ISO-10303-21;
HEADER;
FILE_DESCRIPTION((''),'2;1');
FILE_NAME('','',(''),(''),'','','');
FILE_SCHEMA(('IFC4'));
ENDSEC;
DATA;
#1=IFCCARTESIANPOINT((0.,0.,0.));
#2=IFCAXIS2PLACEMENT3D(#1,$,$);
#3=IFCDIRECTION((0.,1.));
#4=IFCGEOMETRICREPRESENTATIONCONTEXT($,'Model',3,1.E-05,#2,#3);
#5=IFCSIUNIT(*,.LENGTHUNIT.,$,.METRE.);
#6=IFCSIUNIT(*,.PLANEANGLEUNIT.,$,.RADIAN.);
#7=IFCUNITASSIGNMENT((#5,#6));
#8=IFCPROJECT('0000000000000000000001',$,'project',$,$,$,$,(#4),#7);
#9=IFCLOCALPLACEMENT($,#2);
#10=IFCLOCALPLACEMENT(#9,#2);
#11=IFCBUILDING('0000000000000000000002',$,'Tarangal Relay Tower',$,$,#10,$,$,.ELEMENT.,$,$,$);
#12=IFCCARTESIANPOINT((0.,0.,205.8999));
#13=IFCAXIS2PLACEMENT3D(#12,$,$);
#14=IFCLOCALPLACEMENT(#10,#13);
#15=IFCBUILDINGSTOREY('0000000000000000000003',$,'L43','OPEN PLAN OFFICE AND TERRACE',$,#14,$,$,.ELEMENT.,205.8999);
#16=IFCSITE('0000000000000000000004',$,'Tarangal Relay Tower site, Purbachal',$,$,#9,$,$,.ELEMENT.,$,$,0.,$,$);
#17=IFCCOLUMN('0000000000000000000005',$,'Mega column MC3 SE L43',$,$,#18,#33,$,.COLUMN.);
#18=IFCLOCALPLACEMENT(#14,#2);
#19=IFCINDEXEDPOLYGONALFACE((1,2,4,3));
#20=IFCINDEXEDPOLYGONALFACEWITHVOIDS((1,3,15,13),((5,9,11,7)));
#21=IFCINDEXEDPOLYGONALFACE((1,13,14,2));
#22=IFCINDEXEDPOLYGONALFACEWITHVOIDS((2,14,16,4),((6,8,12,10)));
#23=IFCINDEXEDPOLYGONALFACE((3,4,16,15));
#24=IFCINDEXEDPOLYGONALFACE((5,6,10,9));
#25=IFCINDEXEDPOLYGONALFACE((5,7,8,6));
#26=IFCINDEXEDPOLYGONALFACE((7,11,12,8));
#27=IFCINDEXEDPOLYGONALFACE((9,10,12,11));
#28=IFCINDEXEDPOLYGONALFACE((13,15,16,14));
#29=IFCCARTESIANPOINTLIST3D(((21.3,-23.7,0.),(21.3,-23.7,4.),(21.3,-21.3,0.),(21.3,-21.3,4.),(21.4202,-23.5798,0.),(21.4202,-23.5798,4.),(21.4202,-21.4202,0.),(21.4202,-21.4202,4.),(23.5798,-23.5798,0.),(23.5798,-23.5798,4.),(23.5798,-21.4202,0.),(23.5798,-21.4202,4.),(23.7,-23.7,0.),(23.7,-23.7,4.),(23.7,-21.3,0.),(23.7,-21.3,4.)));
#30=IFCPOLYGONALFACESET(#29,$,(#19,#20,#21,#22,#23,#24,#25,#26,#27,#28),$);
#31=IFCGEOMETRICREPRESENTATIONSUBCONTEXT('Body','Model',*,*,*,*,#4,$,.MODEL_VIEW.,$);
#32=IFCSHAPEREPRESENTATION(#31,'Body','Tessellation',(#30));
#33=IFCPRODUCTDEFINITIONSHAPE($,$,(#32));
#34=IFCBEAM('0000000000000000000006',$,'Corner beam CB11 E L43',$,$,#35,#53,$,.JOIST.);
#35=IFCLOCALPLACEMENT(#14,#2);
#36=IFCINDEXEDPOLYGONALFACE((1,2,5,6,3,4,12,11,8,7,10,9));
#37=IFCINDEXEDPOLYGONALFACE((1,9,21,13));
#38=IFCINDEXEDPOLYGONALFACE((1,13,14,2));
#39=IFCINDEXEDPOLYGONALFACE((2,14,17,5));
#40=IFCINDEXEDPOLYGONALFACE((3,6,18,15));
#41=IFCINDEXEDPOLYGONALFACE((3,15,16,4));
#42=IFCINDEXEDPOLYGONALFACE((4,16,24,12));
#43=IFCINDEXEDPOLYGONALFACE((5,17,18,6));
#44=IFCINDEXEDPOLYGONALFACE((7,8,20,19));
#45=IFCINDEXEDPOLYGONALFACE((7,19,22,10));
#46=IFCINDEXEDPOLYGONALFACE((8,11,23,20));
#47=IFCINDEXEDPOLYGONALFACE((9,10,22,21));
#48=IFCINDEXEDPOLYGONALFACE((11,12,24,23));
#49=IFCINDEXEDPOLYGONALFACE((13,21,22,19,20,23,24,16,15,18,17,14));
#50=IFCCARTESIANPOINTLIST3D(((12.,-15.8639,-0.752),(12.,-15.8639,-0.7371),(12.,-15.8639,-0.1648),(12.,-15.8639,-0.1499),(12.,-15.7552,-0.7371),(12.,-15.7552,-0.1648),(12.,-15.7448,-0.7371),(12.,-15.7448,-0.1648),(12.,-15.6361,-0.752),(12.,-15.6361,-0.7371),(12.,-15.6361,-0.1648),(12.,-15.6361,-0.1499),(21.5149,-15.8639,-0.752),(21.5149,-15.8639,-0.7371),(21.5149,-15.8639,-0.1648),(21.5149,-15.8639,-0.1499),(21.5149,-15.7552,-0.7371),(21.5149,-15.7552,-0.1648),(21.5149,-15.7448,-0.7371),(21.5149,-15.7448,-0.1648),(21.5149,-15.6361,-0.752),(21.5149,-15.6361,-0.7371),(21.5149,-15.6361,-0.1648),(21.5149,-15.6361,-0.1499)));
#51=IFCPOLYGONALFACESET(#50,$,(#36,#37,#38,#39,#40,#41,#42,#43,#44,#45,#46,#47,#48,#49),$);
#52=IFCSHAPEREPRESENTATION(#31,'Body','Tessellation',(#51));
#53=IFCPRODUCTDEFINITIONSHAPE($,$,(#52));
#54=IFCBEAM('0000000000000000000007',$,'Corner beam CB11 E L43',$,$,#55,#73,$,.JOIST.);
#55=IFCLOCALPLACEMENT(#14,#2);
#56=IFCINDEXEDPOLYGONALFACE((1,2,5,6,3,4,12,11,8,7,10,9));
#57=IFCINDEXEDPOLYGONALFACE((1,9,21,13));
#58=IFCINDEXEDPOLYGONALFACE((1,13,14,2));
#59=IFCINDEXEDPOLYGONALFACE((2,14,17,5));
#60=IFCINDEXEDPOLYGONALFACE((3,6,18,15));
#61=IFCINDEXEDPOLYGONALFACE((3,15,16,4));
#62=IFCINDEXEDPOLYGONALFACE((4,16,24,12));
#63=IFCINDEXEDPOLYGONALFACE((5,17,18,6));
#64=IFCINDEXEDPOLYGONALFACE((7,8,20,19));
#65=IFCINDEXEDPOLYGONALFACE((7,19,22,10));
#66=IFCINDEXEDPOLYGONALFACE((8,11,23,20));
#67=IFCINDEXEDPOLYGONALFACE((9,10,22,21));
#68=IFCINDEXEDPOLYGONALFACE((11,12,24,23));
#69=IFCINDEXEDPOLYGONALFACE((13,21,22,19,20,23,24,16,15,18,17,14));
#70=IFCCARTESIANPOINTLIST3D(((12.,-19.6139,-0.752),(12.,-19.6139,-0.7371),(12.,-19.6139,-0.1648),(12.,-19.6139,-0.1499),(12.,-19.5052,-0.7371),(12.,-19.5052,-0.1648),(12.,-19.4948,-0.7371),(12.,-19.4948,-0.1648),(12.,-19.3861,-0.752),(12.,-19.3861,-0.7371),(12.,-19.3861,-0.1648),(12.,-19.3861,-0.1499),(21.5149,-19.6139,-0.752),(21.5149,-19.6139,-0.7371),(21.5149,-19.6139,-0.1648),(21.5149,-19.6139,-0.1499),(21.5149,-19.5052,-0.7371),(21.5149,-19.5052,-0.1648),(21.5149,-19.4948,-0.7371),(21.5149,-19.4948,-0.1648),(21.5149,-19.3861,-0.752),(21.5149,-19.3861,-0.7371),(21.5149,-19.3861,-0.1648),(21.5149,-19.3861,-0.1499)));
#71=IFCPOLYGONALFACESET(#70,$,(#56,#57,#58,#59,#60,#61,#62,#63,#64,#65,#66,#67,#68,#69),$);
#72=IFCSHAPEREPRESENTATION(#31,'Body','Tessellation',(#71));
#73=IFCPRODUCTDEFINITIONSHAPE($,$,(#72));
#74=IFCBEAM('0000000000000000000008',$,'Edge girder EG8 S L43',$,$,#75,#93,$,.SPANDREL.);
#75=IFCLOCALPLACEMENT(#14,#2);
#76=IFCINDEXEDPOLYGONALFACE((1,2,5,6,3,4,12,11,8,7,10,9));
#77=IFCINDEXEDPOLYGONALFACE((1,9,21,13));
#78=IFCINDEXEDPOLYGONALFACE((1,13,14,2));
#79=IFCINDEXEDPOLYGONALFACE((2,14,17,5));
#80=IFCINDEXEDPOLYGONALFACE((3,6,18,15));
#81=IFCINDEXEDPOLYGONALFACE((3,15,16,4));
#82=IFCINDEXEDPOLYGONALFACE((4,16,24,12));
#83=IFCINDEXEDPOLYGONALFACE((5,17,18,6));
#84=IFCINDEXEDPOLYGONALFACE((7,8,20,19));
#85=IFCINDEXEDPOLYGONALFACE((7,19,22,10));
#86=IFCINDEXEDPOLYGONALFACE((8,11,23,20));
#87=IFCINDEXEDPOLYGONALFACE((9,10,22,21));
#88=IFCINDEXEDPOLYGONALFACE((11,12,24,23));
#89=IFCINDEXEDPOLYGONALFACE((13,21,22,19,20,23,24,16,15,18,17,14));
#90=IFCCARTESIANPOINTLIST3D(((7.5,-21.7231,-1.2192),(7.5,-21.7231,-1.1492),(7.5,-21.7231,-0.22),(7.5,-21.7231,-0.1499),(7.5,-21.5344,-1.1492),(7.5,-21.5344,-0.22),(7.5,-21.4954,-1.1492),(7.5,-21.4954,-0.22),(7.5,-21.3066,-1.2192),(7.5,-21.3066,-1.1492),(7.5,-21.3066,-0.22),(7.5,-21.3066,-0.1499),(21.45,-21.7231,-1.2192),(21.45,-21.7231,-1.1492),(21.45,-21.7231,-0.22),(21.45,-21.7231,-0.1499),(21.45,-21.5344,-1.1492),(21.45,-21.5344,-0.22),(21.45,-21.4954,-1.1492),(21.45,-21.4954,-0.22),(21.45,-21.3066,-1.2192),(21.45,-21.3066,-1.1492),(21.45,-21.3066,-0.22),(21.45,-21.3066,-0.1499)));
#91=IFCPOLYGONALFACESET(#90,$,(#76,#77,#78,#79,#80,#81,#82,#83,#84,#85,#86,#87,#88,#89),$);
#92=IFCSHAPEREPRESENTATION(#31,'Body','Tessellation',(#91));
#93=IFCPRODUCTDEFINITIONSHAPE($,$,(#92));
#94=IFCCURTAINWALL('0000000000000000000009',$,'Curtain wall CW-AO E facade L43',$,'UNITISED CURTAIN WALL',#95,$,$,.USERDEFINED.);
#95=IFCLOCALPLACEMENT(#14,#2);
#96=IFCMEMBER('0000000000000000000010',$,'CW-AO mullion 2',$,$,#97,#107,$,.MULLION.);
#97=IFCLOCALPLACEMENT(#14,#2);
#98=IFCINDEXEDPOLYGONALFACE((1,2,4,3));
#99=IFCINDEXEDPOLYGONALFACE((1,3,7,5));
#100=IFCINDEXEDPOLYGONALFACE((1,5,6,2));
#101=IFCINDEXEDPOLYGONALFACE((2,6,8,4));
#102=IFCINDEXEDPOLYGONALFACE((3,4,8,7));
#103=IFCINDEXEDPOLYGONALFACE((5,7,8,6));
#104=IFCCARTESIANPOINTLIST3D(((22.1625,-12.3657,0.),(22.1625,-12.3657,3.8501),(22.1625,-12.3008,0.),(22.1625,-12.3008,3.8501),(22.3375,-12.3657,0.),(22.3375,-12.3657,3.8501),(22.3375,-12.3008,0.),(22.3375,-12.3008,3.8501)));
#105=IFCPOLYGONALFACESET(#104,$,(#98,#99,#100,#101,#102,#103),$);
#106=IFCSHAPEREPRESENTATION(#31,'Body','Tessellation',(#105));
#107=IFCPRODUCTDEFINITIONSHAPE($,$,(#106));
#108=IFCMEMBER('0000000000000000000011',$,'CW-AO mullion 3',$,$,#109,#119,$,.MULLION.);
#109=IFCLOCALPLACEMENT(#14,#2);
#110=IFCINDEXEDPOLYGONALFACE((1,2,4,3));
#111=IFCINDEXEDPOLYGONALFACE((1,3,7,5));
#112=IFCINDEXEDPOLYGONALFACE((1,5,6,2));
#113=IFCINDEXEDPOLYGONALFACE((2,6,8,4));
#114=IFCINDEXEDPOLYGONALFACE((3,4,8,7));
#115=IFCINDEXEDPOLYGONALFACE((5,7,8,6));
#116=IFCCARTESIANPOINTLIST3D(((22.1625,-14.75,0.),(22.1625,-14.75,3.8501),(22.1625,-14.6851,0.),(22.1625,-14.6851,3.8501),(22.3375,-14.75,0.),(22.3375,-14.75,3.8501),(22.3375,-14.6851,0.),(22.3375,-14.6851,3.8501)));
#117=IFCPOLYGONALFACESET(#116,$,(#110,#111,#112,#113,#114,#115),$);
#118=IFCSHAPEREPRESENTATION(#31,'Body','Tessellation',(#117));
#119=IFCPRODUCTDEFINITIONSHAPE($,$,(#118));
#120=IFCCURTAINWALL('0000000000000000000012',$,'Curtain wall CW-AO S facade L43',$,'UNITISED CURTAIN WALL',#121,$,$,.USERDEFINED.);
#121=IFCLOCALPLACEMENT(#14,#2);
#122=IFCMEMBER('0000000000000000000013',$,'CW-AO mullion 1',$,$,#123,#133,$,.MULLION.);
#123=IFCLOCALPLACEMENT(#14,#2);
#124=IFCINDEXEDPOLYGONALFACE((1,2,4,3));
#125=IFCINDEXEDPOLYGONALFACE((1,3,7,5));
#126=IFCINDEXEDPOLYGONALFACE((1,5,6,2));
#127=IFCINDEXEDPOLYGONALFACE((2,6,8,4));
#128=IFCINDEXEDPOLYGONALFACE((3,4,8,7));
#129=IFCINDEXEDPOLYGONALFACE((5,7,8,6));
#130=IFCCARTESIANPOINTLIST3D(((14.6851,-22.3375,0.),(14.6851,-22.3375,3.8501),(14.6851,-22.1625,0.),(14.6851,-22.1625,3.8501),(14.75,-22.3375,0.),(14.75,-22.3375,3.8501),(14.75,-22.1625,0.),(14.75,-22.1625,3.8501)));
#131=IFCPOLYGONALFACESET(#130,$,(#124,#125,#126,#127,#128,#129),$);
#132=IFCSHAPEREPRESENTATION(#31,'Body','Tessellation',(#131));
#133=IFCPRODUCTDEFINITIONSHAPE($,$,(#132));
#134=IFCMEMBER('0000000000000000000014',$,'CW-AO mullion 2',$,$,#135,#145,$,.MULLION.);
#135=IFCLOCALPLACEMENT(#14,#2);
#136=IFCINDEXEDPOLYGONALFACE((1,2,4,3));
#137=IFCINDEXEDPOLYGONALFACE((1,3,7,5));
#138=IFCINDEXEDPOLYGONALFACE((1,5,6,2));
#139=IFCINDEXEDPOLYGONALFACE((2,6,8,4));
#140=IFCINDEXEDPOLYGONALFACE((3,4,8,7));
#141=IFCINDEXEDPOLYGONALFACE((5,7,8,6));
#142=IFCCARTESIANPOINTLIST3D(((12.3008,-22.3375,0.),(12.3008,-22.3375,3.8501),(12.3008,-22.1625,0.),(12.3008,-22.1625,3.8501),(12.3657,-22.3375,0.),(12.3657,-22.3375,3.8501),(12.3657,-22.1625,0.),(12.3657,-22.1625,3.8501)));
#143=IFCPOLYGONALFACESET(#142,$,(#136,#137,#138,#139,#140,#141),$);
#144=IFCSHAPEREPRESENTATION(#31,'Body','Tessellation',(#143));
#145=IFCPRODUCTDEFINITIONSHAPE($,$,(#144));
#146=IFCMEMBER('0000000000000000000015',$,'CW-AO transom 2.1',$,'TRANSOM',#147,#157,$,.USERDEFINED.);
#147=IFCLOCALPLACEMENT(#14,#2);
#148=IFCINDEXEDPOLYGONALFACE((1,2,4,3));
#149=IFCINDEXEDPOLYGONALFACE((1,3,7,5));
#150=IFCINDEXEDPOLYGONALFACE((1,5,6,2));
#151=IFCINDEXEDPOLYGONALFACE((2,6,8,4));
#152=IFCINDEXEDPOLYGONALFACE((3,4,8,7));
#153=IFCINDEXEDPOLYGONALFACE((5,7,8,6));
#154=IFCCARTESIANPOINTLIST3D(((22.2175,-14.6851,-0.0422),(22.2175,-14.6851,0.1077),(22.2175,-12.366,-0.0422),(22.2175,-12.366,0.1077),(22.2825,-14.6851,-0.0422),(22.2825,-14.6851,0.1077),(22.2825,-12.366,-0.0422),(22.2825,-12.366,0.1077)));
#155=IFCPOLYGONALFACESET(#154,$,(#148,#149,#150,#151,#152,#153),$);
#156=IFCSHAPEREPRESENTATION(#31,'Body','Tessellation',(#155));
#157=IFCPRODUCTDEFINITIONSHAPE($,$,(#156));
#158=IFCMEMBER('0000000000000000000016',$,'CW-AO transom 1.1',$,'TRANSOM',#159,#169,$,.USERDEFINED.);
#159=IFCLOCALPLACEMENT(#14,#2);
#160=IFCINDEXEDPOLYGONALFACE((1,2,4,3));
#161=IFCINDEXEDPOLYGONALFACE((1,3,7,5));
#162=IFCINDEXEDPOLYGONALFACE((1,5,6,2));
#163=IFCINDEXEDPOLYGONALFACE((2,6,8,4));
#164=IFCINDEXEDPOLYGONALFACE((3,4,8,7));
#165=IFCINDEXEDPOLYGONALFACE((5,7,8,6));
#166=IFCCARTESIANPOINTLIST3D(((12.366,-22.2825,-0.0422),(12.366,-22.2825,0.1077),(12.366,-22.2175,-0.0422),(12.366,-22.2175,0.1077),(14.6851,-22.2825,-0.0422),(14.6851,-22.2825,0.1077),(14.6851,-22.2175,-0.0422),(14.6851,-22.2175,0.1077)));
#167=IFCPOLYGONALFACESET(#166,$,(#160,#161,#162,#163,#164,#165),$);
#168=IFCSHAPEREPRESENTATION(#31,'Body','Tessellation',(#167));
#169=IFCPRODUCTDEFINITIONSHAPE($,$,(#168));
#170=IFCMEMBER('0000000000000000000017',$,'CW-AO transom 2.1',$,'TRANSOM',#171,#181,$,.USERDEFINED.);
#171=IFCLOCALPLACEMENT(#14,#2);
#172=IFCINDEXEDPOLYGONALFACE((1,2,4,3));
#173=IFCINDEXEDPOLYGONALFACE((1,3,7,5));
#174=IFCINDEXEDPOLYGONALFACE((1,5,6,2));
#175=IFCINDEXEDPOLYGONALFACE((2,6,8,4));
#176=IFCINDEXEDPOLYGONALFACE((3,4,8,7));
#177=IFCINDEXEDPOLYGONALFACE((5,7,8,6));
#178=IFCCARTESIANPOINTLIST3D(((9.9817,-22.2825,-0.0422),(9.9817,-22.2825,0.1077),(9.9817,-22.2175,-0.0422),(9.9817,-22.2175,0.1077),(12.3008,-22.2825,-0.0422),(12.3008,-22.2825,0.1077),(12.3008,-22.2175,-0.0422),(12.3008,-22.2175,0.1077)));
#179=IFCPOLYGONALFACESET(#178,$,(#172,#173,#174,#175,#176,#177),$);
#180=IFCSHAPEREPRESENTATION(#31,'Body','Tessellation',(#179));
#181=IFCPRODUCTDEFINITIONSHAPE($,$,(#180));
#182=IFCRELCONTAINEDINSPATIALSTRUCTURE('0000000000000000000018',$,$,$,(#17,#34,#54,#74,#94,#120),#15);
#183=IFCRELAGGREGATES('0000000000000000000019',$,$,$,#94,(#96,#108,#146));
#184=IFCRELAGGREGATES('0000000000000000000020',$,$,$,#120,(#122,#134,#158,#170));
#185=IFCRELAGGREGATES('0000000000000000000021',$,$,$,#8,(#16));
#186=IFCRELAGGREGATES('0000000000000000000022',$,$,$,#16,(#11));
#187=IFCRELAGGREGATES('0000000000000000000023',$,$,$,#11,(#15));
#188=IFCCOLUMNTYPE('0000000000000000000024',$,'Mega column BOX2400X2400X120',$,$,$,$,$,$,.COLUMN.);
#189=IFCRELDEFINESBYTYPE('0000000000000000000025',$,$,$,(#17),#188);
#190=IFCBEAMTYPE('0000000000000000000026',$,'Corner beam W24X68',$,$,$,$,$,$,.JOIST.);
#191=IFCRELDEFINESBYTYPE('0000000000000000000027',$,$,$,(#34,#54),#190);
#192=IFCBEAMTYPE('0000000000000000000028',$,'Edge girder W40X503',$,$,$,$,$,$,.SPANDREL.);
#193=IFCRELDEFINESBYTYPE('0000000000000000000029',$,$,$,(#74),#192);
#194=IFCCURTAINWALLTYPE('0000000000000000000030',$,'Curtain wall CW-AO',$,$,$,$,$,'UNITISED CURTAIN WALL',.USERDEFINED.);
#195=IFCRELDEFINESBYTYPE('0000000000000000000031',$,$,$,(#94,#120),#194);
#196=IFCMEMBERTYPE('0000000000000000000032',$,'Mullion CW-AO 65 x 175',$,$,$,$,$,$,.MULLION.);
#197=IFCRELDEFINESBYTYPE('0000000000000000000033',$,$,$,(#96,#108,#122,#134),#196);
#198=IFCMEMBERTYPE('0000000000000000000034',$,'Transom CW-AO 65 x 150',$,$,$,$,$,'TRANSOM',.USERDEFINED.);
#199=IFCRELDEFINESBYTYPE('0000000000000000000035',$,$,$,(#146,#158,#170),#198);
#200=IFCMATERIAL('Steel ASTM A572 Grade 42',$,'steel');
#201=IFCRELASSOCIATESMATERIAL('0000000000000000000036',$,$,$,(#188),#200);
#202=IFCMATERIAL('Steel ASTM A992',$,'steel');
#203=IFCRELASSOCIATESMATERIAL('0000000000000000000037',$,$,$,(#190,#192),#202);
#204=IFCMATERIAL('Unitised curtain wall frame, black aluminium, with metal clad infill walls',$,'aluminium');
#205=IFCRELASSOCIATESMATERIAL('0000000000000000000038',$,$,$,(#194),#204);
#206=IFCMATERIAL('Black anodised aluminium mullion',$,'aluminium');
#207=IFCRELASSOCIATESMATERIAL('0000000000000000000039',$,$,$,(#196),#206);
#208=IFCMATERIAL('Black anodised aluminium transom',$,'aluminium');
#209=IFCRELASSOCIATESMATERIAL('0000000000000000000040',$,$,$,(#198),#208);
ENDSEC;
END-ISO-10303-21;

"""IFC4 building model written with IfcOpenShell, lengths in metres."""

from ifc_helpers import new_model, si_unit, direction, frame, origin, origin_2d, place, context, subcontext, project, spatial, rectangle, hollow_rectangle, i_section, extrude, material, material_profile, profile_set, type_object, element, aggregate, save


model = new_model("IFC4")

# Units and contexts
model_context = context("Model", 3, precision=1e-05, world=origin(), true_north=direction((0.0, 1.0)))
body_context = subcontext(model_context, "Body", "Model", "MODEL_VIEW")
ifc_project = project(units=[si_unit("LENGTHUNIT", "METRE"), si_unit("PLANEANGLEUNIT", "RADIAN")], contexts=[model_context])

# Site, building, storey
site_placement = place(None, origin())
site = spatial("IfcSite", under=ifc_project, at=site_placement, Name="Tarangal Relay Tower site, Purbachal", CompositionType="ELEMENT", RefElevation=0.0)
building_placement = place(site_placement, origin())
building = spatial("IfcBuilding", under=site, at=building_placement, Name="Tarangal Relay Tower", CompositionType="ELEMENT")
storey_placement = place(building_placement, frame((0.0, 0.0, 205.8999)))
storey = spatial("IfcBuildingStorey", under=building, at=storey_placement, Name="L43", Description="OPEN PLAN OFFICE AND TERRACE", CompositionType="ELEMENT", Elevation=205.8999)

# Column
ifc_material_1 = material(Name="Steel ASTM A572 Grade 42", Category="steel")
ifc_material_profile_1 = material_profile(ifc_material_1, hollow_rectangle(XDim=2.3999, YDim=2.3999, WallThickness=0.1201, at=origin_2d()), Name="BOX2400X2400X120")
ifc_profile_set_1 = profile_set([ifc_material_profile_1], Name="Steel ASTM A572 Grade 42")
column_type = type_object("IfcColumnType", Name="Mega column BOX2400X2400X120", PredefinedType="COLUMN", material=ifc_profile_set_1)
column_placement = place(storey_placement, frame((22.5, -22.5, 0.0), z_axis=(0.0, 0.0, 1.0), x_axis=(1.0, 0.0, 0.0)))
element("IfcColumn", 1, at=column_placement, inside=storey, type_object=column_type, Name="Mega column MC3 SE L43", PredefinedType="COLUMN", context=body_context, shape_type="SweptSolid", body=[
    extrude(hollow_rectangle(XDim=2.3999, YDim=2.3999, WallThickness=0.1201, at=origin_2d()), origin(), (0.0, 0.0, 1.0), 4.0),
])

# Beams
ifc_material_2 = material(Name="Steel ASTM A992", Category="steel")
ifc_material_profile_2 = material_profile(ifc_material_2, i_section(OverallWidth=0.2278, OverallDepth=0.6021, WebThickness=0.0105, FlangeThickness=0.0149, at=origin_2d()), Name="W24X68")
ifc_profile_set_2 = profile_set([ifc_material_profile_2], Name="Steel ASTM A992")
beam_type_1 = type_object("IfcBeamType", Name="Corner beam W24X68", PredefinedType="JOIST", material=ifc_profile_set_2)
for number, where, z_axis, x_axis, name in (
    (2, (12.0, -15.75, -0.4509), (1.0, 0.0, 0.0), (0.0, 1.0, 0.0), "Corner beam CB11 E L43"),
    (3, (12.0, -19.5, -0.4509), (1.0, 0.0, 0.0), (0.0, 1.0, 0.0), "Corner beam CB11 E L43"),
):
    element("IfcBeam", number, at=place(storey_placement, frame(where, z_axis=z_axis, x_axis=x_axis)), inside=storey, type_object=beam_type_1, Name=name, PredefinedType="JOIST", context=body_context, shape_type="SweptSolid", body=[
        extrude(i_section(OverallWidth=0.2278, OverallDepth=0.6021, WebThickness=0.0105, FlangeThickness=0.0149, at=origin_2d()), origin(), (0.0, 0.0, 1.0), 9.5149),
    ])
ifc_material_profile_3 = material_profile(ifc_material_2, i_section(OverallWidth=0.4165, OverallDepth=1.0693, WebThickness=0.0391, FlangeThickness=0.0701, at=origin_2d()), Name="W40X503")
ifc_profile_set_3 = profile_set([ifc_material_profile_3], Name="Steel ASTM A992")
beam_type_2 = type_object("IfcBeamType", Name="Edge girder W40X503", PredefinedType="SPANDREL", material=ifc_profile_set_3)
beam_placement = place(storey_placement, frame((21.45, -21.5149, -0.6846), z_axis=(-1.0, 0.0, 0.0), x_axis=(0.0, -1.0, 0.0)))
element("IfcBeam", 4, at=beam_placement, inside=storey, type_object=beam_type_2, Name="Edge girder EG8 S L43", PredefinedType="SPANDREL", context=body_context, shape_type="SweptSolid", body=[
    extrude(i_section(OverallWidth=0.4165, OverallDepth=1.0693, WebThickness=0.0391, FlangeThickness=0.0701, at=origin_2d()), origin(), (0.0, 0.0, 1.0), 13.95),
])

# Curtain walls, members
ifc_material_3 = material(Name="Unitised curtain wall frame, black aluminium, with metal clad infill walls", Category="aluminium")
curtain_wall_type = type_object("IfcCurtainWallType", Name="Curtain wall CW-AO", ElementType="UNITISED CURTAIN WALL", PredefinedType="USERDEFINED", material=ifc_material_3)
curtain_wall_1_placement = place(storey_placement, origin())
curtain_wall_1 = element("IfcCurtainWall", 5, at=curtain_wall_1_placement, inside=storey, type_object=curtain_wall_type, Name="Curtain wall CW-AO E facade L43", ObjectType="UNITISED CURTAIN WALL", PredefinedType="USERDEFINED")
ifc_material_4 = material(Name="Black anodised aluminium mullion", Category="aluminium")
ifc_material_profile_4 = material_profile(ifc_material_4, rectangle(XDim=0.175, YDim=0.0649, at=origin_2d()), Name="CW-AOM 65X175")
ifc_profile_set_4 = profile_set([ifc_material_profile_4], Name="Black anodised aluminium mullion")
member_type_1 = type_object("IfcMemberType", Name="Mullion CW-AO 65 x 175", PredefinedType="MULLION", material=ifc_profile_set_4)
member_1_placement = place(storey_placement, frame((22.25, -12.3333, 0.0), z_axis=(0.0, 0.0, 1.0), x_axis=(1.0, 0.0, 0.0)))
member_1 = element("IfcMember", 6, at=member_1_placement, type_object=member_type_1, Name="CW-AO mullion 2", PredefinedType="MULLION", context=body_context, shape_type="SweptSolid", body=[
    extrude(rectangle(XDim=0.175, YDim=0.0649, at=origin_2d()), origin(), (0.0, 0.0, 1.0), 3.8501),
])
member_2_placement = place(storey_placement, frame((22.25, -14.7175, 0.0), z_axis=(0.0, 0.0, 1.0), x_axis=(1.0, 0.0, 0.0)))
member_2 = element("IfcMember", 7, at=member_2_placement, type_object=member_type_1, Name="CW-AO mullion 3", PredefinedType="MULLION", context=body_context, shape_type="SweptSolid", body=[
    extrude(rectangle(XDim=0.175, YDim=0.0649, at=origin_2d()), origin(), (0.0, 0.0, 1.0), 3.8501),
])
curtain_wall_2_placement = place(storey_placement, origin())
curtain_wall_2 = element("IfcCurtainWall", 8, at=curtain_wall_2_placement, inside=storey, type_object=curtain_wall_type, Name="Curtain wall CW-AO S facade L43", ObjectType="UNITISED CURTAIN WALL", PredefinedType="USERDEFINED")
member_3_placement = place(storey_placement, frame((14.7175, -22.25, 0.0), z_axis=(0.0, 0.0, 1.0), x_axis=(0.0, -1.0, 0.0)))
member_3 = element("IfcMember", 9, at=member_3_placement, type_object=member_type_1, Name="CW-AO mullion 1", PredefinedType="MULLION", context=body_context, shape_type="SweptSolid", body=[
    extrude(rectangle(XDim=0.175, YDim=0.0649, at=origin_2d()), origin(), (0.0, 0.0, 1.0), 3.8501),
])
member_4_placement = place(storey_placement, frame((12.3333, -22.25, 0.0), z_axis=(0.0, 0.0, 1.0), x_axis=(0.0, -1.0, 0.0)))
member_4 = element("IfcMember", 10, at=member_4_placement, type_object=member_type_1, Name="CW-AO mullion 2", PredefinedType="MULLION", context=body_context, shape_type="SweptSolid", body=[
    extrude(rectangle(XDim=0.175, YDim=0.0649, at=origin_2d()), origin(), (0.0, 0.0, 1.0), 3.8501),
])

# Members
ifc_material_5 = material(Name="Black anodised aluminium transom", Category="aluminium")
ifc_material_profile_5 = material_profile(ifc_material_5, rectangle(XDim=0.0649, YDim=0.1499, at=origin_2d()), Name="CW-AOT 65X150")
ifc_profile_set_5 = profile_set([ifc_material_profile_5], Name="Black anodised aluminium transom")
member_type_2 = type_object("IfcMemberType", Name="Transom CW-AO 65 x 150", ElementType="TRANSOM", PredefinedType="USERDEFINED", material=ifc_profile_set_5)
member_5_placement = place(storey_placement, frame((22.25, -12.366, 0.0327), z_axis=(0.0, -1.0, 0.0), x_axis=(1.0, 0.0, 0.0)))
member_5 = element("IfcMember", 11, at=member_5_placement, type_object=member_type_2, Name="CW-AO transom 2.1", ObjectType="TRANSOM", PredefinedType="USERDEFINED", context=body_context, shape_type="SweptSolid", body=[
    extrude(rectangle(XDim=0.0649, YDim=0.1499, at=origin_2d()), origin(), (0.0, 0.0, 1.0), 2.3191),
])
aggregate(curtain_wall_1, [member_1, member_2, member_5])
member_6_placement = place(storey_placement, frame((14.6851, -22.25, 0.0327), z_axis=(-1.0, 0.0, 0.0), x_axis=(0.0, -1.0, 0.0)))
member_6 = element("IfcMember", 12, at=member_6_placement, type_object=member_type_2, Name="CW-AO transom 1.1", ObjectType="TRANSOM", PredefinedType="USERDEFINED", context=body_context, shape_type="SweptSolid", body=[
    extrude(rectangle(XDim=0.0649, YDim=0.1499, at=origin_2d()), origin(), (0.0, 0.0, 1.0), 2.3191),
])
member_7_placement = place(storey_placement, frame((12.3008, -22.25, 0.0327), z_axis=(-1.0, 0.0, 0.0), x_axis=(0.0, -1.0, 0.0)))
member_7 = element("IfcMember", 13, at=member_7_placement, type_object=member_type_2, Name="CW-AO transom 2.1", ObjectType="TRANSOM", PredefinedType="USERDEFINED", context=body_context, shape_type="SweptSolid", body=[
    extrude(rectangle(XDim=0.0649, YDim=0.1499, at=origin_2d()), origin(), (0.0, 0.0, 1.0), 2.3191),
])
aggregate(curtain_wall_2, [member_3, member_4, member_6, member_7])

save(model, "model.ifc")
